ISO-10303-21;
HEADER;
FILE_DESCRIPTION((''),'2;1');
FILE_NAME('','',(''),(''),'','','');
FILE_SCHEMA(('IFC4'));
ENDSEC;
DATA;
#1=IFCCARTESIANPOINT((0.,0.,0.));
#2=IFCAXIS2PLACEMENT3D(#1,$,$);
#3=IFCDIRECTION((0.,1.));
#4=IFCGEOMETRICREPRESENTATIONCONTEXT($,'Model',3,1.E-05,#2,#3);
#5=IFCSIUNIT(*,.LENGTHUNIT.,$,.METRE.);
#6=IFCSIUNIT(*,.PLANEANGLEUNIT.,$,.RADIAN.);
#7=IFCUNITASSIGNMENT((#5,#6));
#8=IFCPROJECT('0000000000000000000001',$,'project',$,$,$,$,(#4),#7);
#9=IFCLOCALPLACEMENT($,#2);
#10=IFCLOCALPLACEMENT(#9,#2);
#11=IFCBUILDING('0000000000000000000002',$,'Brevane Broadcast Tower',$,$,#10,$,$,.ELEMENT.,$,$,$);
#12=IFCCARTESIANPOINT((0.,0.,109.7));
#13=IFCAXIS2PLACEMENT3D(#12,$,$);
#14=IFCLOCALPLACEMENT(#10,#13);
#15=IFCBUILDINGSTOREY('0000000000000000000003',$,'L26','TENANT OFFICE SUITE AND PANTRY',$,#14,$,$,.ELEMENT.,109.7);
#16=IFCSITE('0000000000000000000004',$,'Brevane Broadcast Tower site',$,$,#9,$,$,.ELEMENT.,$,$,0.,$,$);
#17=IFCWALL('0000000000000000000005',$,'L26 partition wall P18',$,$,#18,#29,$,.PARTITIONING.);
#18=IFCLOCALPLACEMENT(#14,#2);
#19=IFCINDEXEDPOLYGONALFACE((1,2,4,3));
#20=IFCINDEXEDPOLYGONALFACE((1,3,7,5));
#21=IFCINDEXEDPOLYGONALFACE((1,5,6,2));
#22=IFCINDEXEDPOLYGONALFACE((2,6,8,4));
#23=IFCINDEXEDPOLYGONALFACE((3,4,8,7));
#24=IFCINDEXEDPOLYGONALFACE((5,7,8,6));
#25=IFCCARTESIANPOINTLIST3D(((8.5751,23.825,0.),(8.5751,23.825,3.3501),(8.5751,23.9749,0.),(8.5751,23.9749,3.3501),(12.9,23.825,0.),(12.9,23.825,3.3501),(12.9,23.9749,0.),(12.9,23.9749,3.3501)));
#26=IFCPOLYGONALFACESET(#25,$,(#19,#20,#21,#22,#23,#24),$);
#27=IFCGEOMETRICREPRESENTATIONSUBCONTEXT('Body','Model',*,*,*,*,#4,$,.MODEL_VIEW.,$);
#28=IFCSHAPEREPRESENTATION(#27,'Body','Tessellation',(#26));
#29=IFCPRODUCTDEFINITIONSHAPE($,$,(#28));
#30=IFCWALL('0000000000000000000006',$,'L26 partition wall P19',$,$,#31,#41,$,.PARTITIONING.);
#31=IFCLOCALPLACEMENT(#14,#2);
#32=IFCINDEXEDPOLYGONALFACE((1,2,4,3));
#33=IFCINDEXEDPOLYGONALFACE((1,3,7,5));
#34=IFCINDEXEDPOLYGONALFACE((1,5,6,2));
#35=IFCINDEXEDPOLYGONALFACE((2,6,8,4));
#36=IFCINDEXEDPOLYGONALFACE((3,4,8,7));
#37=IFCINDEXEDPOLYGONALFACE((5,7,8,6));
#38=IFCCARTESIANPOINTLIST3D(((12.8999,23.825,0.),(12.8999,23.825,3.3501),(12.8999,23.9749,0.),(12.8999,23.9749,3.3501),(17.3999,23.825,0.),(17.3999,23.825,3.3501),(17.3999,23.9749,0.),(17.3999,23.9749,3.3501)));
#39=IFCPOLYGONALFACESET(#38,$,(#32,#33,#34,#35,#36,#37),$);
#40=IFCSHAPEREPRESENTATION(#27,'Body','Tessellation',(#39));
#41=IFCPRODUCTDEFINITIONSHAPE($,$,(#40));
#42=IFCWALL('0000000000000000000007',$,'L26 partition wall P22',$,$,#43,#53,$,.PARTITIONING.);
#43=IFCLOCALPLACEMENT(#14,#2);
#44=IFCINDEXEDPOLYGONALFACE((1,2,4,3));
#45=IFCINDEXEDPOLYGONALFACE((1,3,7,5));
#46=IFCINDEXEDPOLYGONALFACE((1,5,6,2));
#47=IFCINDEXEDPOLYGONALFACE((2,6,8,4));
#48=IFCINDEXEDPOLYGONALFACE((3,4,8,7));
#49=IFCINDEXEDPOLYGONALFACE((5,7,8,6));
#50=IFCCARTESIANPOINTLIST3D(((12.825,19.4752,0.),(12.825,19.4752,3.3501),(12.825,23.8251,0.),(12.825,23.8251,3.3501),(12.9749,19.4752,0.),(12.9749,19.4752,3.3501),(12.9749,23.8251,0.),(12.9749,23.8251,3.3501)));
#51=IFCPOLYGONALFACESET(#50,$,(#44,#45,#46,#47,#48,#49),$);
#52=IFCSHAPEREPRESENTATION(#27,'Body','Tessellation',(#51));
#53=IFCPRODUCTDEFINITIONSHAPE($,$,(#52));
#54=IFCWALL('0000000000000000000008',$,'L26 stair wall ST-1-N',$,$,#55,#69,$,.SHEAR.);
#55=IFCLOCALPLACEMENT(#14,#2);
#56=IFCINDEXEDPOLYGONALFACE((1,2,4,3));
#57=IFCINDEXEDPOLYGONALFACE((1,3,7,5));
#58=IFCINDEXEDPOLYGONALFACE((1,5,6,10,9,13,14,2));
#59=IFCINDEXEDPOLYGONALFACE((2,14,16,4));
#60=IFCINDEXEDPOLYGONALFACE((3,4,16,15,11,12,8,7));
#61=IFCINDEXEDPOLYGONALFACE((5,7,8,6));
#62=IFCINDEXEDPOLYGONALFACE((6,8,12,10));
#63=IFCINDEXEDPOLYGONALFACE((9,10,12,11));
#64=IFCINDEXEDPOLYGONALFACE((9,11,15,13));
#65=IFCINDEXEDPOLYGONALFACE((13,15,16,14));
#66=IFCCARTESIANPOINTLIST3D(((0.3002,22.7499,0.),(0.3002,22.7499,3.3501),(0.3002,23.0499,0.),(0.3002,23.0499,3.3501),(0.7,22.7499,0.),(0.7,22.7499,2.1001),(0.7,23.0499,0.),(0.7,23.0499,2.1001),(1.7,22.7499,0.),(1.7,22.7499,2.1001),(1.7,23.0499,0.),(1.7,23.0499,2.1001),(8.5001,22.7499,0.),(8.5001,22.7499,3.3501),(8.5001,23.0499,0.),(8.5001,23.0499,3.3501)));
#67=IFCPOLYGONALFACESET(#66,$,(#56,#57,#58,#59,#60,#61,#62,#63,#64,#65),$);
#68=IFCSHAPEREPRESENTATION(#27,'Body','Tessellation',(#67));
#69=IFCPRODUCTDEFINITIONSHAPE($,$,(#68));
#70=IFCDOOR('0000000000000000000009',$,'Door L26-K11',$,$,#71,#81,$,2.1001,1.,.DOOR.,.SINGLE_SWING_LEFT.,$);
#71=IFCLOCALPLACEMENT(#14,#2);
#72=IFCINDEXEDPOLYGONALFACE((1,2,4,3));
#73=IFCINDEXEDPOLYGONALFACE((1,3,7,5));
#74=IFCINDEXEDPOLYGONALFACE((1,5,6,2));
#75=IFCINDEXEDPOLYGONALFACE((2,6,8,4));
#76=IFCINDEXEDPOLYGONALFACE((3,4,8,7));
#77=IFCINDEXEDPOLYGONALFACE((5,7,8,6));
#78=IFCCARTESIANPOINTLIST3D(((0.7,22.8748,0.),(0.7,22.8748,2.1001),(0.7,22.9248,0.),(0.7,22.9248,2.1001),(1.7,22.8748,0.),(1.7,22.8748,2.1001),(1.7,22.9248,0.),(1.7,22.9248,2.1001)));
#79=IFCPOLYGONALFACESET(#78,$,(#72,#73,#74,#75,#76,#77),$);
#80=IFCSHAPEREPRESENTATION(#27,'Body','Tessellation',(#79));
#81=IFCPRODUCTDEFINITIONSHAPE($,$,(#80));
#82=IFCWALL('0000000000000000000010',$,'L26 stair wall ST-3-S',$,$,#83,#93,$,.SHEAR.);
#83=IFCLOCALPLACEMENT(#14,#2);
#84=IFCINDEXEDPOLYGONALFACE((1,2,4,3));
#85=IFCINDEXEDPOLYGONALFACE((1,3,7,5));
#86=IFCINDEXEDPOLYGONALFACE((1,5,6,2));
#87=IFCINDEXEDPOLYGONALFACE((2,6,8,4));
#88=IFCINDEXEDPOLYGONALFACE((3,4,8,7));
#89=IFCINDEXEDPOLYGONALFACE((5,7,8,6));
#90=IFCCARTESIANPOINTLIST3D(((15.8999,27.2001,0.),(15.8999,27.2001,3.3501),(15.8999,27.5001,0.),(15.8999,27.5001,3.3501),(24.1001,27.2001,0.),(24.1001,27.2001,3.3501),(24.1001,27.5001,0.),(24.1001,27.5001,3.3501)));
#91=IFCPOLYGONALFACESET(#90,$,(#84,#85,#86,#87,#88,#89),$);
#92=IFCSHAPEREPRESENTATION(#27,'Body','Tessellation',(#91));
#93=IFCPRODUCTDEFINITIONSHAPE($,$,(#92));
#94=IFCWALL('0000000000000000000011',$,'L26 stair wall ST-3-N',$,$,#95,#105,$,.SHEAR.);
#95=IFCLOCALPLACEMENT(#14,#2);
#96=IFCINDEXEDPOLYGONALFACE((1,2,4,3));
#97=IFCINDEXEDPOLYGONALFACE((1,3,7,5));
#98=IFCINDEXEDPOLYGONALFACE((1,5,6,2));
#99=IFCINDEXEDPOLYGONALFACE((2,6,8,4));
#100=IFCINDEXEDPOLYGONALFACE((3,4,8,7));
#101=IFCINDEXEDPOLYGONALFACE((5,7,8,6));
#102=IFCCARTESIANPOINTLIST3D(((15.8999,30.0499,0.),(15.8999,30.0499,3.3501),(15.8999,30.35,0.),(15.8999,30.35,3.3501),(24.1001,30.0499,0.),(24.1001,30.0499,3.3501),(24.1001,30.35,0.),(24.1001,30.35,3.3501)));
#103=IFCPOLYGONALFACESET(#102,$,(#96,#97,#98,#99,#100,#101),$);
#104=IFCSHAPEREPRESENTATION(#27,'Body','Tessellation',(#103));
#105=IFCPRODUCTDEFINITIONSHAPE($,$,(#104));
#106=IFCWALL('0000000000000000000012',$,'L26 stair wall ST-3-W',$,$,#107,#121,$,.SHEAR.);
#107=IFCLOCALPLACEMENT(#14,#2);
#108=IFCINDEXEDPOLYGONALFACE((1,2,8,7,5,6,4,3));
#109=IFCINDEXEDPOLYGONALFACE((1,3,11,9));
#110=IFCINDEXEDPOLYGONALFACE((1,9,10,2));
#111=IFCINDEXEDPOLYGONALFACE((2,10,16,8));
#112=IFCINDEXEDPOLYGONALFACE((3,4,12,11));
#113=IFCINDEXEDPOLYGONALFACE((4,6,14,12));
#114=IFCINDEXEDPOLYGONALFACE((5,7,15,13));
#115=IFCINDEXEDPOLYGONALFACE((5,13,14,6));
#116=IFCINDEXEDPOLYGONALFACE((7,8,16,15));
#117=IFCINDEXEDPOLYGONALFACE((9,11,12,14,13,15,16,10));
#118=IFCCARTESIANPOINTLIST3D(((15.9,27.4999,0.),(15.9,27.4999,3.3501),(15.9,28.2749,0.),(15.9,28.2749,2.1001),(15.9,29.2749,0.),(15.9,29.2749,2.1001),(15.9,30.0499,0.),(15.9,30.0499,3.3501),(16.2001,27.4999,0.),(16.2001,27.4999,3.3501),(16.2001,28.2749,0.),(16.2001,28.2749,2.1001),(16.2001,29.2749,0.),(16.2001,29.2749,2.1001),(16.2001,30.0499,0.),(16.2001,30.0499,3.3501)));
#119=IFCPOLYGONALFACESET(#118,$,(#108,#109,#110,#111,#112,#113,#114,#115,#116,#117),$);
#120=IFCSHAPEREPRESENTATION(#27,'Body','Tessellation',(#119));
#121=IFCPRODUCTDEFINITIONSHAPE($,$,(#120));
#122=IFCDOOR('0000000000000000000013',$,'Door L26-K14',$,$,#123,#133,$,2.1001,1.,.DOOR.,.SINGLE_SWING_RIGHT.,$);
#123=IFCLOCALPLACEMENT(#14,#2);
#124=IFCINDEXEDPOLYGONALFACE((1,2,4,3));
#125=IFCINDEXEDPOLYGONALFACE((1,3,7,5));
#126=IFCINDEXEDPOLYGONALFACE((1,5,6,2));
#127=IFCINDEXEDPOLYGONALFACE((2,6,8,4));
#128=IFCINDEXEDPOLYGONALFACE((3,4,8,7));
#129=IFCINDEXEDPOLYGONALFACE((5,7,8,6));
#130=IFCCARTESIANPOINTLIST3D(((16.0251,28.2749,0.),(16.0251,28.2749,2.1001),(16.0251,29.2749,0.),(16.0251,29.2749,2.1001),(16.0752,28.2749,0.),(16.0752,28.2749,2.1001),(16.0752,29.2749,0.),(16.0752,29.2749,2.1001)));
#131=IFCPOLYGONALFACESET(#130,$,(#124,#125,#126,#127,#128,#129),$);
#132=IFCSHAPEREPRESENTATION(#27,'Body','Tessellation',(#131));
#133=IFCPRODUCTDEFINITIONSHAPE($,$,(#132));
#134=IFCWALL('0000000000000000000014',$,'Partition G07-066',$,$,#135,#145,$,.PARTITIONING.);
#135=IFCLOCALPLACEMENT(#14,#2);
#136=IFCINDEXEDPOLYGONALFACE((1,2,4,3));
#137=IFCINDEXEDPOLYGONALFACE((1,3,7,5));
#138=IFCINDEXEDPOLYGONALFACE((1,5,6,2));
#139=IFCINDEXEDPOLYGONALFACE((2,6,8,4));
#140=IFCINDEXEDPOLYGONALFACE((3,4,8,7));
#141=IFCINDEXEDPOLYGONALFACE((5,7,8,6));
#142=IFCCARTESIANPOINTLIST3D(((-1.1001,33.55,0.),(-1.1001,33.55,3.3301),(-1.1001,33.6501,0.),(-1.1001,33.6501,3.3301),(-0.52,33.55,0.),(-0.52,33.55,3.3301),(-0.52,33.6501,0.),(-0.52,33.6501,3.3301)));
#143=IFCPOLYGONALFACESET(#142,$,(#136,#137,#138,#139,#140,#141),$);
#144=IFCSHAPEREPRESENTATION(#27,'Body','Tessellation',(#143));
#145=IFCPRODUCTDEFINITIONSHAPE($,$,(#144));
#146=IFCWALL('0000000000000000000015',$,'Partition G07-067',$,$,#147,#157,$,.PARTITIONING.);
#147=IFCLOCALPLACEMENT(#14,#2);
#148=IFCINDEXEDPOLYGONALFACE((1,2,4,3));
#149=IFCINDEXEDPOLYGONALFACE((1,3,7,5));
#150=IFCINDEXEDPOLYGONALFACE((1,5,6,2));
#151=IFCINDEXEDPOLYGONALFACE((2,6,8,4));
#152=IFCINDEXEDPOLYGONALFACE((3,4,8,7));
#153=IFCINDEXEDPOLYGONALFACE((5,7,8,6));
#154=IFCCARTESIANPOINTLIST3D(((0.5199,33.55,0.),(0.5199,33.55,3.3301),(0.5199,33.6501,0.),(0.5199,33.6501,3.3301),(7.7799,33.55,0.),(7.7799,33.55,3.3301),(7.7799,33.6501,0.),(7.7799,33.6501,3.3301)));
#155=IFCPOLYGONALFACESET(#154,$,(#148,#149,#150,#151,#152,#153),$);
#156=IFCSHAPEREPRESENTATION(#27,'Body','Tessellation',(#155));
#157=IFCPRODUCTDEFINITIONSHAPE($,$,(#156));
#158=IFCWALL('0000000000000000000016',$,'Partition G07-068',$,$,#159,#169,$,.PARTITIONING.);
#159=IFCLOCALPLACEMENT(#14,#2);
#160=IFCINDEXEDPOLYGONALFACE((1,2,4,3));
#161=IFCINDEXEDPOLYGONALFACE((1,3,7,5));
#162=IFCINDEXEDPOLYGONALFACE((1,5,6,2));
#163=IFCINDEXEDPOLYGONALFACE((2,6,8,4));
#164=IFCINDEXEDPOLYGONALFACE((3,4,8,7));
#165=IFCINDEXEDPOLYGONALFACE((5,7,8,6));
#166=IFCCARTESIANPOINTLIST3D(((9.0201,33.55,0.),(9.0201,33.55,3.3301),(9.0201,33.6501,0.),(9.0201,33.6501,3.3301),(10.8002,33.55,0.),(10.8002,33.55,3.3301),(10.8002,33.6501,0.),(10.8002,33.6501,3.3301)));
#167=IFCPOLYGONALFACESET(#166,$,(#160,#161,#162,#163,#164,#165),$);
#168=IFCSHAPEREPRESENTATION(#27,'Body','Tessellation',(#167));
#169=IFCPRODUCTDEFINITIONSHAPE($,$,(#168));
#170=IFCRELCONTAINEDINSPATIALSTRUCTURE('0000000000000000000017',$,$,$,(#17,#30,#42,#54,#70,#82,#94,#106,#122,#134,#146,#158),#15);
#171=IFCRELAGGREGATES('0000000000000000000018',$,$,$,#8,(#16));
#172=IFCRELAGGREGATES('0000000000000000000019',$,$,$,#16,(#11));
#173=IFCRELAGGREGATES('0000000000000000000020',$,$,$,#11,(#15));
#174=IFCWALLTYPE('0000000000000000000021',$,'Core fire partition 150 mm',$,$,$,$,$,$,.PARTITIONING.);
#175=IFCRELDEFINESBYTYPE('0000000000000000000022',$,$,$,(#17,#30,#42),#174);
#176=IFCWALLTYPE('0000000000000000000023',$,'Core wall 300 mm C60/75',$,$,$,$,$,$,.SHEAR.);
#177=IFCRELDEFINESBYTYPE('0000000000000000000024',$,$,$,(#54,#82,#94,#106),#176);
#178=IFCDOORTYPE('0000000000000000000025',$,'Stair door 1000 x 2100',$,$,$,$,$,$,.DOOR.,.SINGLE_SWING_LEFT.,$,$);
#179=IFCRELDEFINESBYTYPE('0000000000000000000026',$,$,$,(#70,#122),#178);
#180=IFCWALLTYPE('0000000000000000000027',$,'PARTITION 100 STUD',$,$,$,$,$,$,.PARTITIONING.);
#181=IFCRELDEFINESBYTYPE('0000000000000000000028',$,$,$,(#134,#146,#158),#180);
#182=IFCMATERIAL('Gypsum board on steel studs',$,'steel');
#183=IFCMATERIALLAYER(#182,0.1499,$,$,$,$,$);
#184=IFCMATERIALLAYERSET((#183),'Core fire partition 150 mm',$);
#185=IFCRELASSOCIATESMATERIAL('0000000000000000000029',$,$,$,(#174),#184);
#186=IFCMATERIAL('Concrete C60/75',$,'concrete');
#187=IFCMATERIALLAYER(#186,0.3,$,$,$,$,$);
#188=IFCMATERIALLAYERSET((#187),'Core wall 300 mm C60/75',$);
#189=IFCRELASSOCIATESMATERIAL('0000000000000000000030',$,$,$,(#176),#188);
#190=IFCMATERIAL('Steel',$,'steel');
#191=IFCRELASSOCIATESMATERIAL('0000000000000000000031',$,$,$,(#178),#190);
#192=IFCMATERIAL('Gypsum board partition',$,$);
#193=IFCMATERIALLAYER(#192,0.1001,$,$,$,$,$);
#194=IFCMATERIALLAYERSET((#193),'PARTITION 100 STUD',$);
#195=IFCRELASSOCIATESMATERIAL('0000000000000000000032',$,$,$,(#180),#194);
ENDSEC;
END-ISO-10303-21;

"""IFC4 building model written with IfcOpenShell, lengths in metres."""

from ifc_helpers import new_model, si_unit, direction, frame, frame_2d, origin, place, context, subcontext, project, spatial, rectangle, extrude, material, layer, layer_set, type_object, element, fill, save


model = new_model("IFC4")

# Units and contexts
model_context = context("Model", 3, precision=1e-05, world=origin(), true_north=direction((0.0, 1.0)))
body_context = subcontext(model_context, "Body", "Model", "MODEL_VIEW")
ifc_project = project(units=[si_unit("LENGTHUNIT", "METRE"), si_unit("PLANEANGLEUNIT", "RADIAN")], contexts=[model_context])

# Site, building, storey
site_placement = place(None, origin())
site = spatial("IfcSite", under=ifc_project, at=site_placement, Name="Brevane Broadcast Tower site", CompositionType="ELEMENT", RefElevation=0.0)
building_placement = place(site_placement, origin())
building = spatial("IfcBuilding", under=site, at=building_placement, Name="Brevane Broadcast Tower", CompositionType="ELEMENT")
storey_placement = place(building_placement, frame((0.0, 0.0, 109.7)))
storey = spatial("IfcBuildingStorey", under=building, at=storey_placement, Name="L26", Description="TENANT OFFICE SUITE AND PANTRY", CompositionType="ELEMENT", Elevation=109.7)

# Shared definitions
ifc_material_1 = material(Name="Concrete C60/75", Category="concrete")

# Walls
ifc_material_2 = material(Name="Gypsum board on steel studs", Category="steel")
ifc_layer_1 = layer(ifc_material_2, 0.1499)
ifc_layer_set_1 = layer_set([ifc_layer_1], Name="Core fire partition 150 mm")
wall_type_1 = type_object("IfcWallType", Name="Core fire partition 150 mm", PredefinedType="PARTITIONING", material=ifc_layer_set_1)
wall_1_placement = place(storey_placement, frame((8.575, 23.8999, 0.0), z_axis=(0.0, 0.0, 1.0), x_axis=(1.0, 0.0, 0.0)))
element("IfcWall", 1, at=wall_1_placement, inside=storey, type_object=wall_type_1, Name="L26 partition wall P18", PredefinedType="PARTITIONING", context=body_context, shape_type="SweptSolid", body=[
    extrude(rectangle(XDim=4.325, YDim=0.1499, at=frame_2d((2.1626, 0.0))), origin(), (0.0, 0.0, 1.0), 3.3501),
])
wall_2_placement = place(storey_placement, frame((12.8999, 23.8999, 0.0), z_axis=(0.0, 0.0, 1.0), x_axis=(1.0, 0.0, 0.0)))
element("IfcWall", 2, at=wall_2_placement, inside=storey, type_object=wall_type_1, Name="L26 partition wall P19", PredefinedType="PARTITIONING", context=body_context, shape_type="SweptSolid", body=[
    extrude(rectangle(XDim=4.5, YDim=0.1499, at=frame_2d((2.25, 0.0))), origin(), (0.0, 0.0, 1.0), 3.3501),
])
wall_3_placement = place(storey_placement, frame((12.8999, 23.825, 0.0), z_axis=(0.0, 0.0, 1.0), x_axis=(0.0, -1.0, 0.0)))
element("IfcWall", 3, at=wall_3_placement, inside=storey, type_object=wall_type_1, Name="L26 partition wall P22", PredefinedType="PARTITIONING", context=body_context, shape_type="SweptSolid", body=[
    extrude(rectangle(XDim=4.3499, YDim=0.1499, at=frame_2d((2.1748, 0.0))), origin(), (0.0, 0.0, 1.0), 3.3501),
])

# Wall, opening, door
ifc_layer_2 = layer(ifc_material_1, 0.3)
ifc_layer_set_2 = layer_set([ifc_layer_2], Name="Core wall 300 mm C60/75")
wall_type_2 = type_object("IfcWallType", Name="Core wall 300 mm C60/75", PredefinedType="SHEAR", material=ifc_layer_set_2)
wall_4_placement = place(storey_placement, frame((0.3, 22.8999, 0.0), z_axis=(0.0, 0.0, 1.0), x_axis=(1.0, 0.0, 0.0)))
wall_4 = element("IfcWall", 4, at=wall_4_placement, inside=storey, type_object=wall_type_2, Name="L26 stair wall ST-1-N", PredefinedType="SHEAR", context=body_context, shape_type="SweptSolid", body=[
    extrude(rectangle(XDim=8.2, YDim=0.3, at=frame_2d((4.1001, 0.0))), origin(), (0.0, 0.0, 1.0), 3.3501),
])
opening_1_placement = place(wall_4_placement, frame((0.3999, 0.0, 0.0)))
opening_1 = element("IfcOpeningElement", 5, at=opening_1_placement, cuts=wall_4, PredefinedType="OPENING", context=body_context, shape_type="SweptSolid", body=[
    extrude(rectangle(XDim=1.0, YDim=2.1001, at=frame_2d((0.5, 1.05))), frame((0.0, 0.1599, 0.0), z_axis=(0.0, -1.0, 0.0), x_axis=(1.0, 0.0, 0.0)), (0.0, 0.0, 1.0), 0.3201),
])
ifc_material_3 = material(Name="Steel", Category="steel")
door_type_1 = type_object("IfcDoorType", Name="Stair door 1000 x 2100", OperationType="SINGLE_SWING_LEFT", PredefinedType="DOOR", material=ifc_material_3)
door_1_placement = place(opening_1_placement, origin())
door_1 = element("IfcDoor", 6, at=door_1_placement, inside=storey, type_object=door_type_1, Name="Door L26-K11", OperationType="SINGLE_SWING_LEFT", OverallHeight=2.1001, OverallWidth=1.0, PredefinedType="DOOR", context=body_context, shape_type="SweptSolid", body=[
    extrude(rectangle(XDim=1.0, YDim=2.1001, at=frame_2d((0.5, 1.05))), frame((0.0, 0.0249, 0.0), z_axis=(0.0, -1.0, 0.0), x_axis=(1.0, 0.0, 0.0)), (0.0, 0.0, 1.0), 0.05),
])
fill(opening_1, door_1)

# Walls
for number, where, z_axis, x_axis, name in (
    (7, (15.8999, 27.3501, 0.0), (0.0, 0.0, 1.0), (1.0, 0.0, 0.0), "L26 stair wall ST-3-S"),
    (8, (15.8999, 30.2, 0.0), (0.0, 0.0, 1.0), (1.0, 0.0, 0.0), "L26 stair wall ST-3-N"),
):
    element("IfcWall", number, at=place(storey_placement, frame(where, z_axis=z_axis, x_axis=x_axis)), inside=storey, type_object=wall_type_2, Name=name, PredefinedType="SHEAR", context=body_context, shape_type="SweptSolid", body=[
        extrude(rectangle(XDim=8.2002, YDim=0.3, at=frame_2d((4.1001, 0.0))), origin(), (0.0, 0.0, 1.0), 3.3501),
    ])

# Wall, opening, door
wall_5_placement = place(storey_placement, frame((16.05, 27.5, 0.0), z_axis=(0.0, 0.0, 1.0), x_axis=(0.0, 1.0, 0.0)))
wall_5 = element("IfcWall", 9, at=wall_5_placement, inside=storey, type_object=wall_type_2, Name="L26 stair wall ST-3-W", PredefinedType="SHEAR", context=body_context, shape_type="SweptSolid", body=[
    extrude(rectangle(XDim=2.55, YDim=0.3, at=frame_2d((1.2749, 0.0))), origin(), (0.0, 0.0, 1.0), 3.3501),
])
opening_2_placement = place(wall_5_placement, frame((0.7749, 0.0, 0.0)))
opening_2 = element("IfcOpeningElement", 10, at=opening_2_placement, cuts=wall_5, PredefinedType="OPENING", context=body_context, shape_type="SweptSolid", body=[
    extrude(rectangle(XDim=1.0, YDim=2.1001, at=frame_2d((0.5, 1.05))), frame((0.0, 0.1599, 0.0), z_axis=(0.0, -1.0, 0.0), x_axis=(1.0, 0.0, 0.0)), (0.0, 0.0, 1.0), 0.3201),
])
door_2_placement = place(opening_2_placement, origin())
door_2 = element("IfcDoor", 11, at=door_2_placement, inside=storey, type_object=door_type_1, Name="Door L26-K14", OperationType="SINGLE_SWING_RIGHT", OverallHeight=2.1001, OverallWidth=1.0, PredefinedType="DOOR", context=body_context, shape_type="SweptSolid", body=[
    extrude(rectangle(XDim=1.0, YDim=2.1001, at=frame_2d((0.5, 1.05))), frame((0.0, 0.0249, 0.0), z_axis=(0.0, -1.0, 0.0), x_axis=(1.0, 0.0, 0.0)), (0.0, 0.0, 1.0), 0.05),
])
fill(opening_2, door_2)

# Walls
ifc_material_4 = material(Name="Gypsum board partition")
ifc_layer_3 = layer(ifc_material_4, 0.1001)
ifc_layer_set_3 = layer_set([ifc_layer_3], Name="PARTITION 100 STUD")
wall_type_3 = type_object("IfcWallType", Name="PARTITION 100 STUD", PredefinedType="PARTITIONING", material=ifc_layer_set_3)
wall_6_placement = place(storey_placement, frame((-1.1001, 33.6001, 0.0), z_axis=(0.0, 0.0, 1.0), x_axis=(1.0, 0.0, 0.0)))
element("IfcWall", 12, at=wall_6_placement, inside=storey, type_object=wall_type_3, Name="Partition G07-066", PredefinedType="PARTITIONING", context=body_context, shape_type="SweptSolid", body=[
    extrude(rectangle(XDim=0.5801, YDim=0.1001, at=frame_2d((0.29, 0.0))), origin(), (0.0, 0.0, 1.0), 3.3301),
])
wall_7_placement = place(storey_placement, frame((0.52, 33.6001, 0.0), z_axis=(0.0, 0.0, 1.0), x_axis=(1.0, 0.0, 0.0)))
element("IfcWall", 13, at=wall_7_placement, inside=storey, type_object=wall_type_3, Name="Partition G07-067", PredefinedType="PARTITIONING", context=body_context, shape_type="SweptSolid", body=[
    extrude(rectangle(XDim=7.26, YDim=0.1001, at=frame_2d((3.6299, 0.0))), origin(), (0.0, 0.0, 1.0), 3.3301),
])
wall_8_placement = place(storey_placement, frame((9.02, 33.6001, 0.0), z_axis=(0.0, 0.0, 1.0), x_axis=(1.0, 0.0, 0.0)))
element("IfcWall", 14, at=wall_8_placement, inside=storey, type_object=wall_type_3, Name="Partition G07-068", PredefinedType="PARTITIONING", context=body_context, shape_type="SweptSolid", body=[
    extrude(rectangle(XDim=1.78, YDim=0.1001, at=frame_2d((0.8901, 0.0))), origin(), (0.0, 0.0, 1.0), 3.3301),
])

save(model, "model.ifc")
